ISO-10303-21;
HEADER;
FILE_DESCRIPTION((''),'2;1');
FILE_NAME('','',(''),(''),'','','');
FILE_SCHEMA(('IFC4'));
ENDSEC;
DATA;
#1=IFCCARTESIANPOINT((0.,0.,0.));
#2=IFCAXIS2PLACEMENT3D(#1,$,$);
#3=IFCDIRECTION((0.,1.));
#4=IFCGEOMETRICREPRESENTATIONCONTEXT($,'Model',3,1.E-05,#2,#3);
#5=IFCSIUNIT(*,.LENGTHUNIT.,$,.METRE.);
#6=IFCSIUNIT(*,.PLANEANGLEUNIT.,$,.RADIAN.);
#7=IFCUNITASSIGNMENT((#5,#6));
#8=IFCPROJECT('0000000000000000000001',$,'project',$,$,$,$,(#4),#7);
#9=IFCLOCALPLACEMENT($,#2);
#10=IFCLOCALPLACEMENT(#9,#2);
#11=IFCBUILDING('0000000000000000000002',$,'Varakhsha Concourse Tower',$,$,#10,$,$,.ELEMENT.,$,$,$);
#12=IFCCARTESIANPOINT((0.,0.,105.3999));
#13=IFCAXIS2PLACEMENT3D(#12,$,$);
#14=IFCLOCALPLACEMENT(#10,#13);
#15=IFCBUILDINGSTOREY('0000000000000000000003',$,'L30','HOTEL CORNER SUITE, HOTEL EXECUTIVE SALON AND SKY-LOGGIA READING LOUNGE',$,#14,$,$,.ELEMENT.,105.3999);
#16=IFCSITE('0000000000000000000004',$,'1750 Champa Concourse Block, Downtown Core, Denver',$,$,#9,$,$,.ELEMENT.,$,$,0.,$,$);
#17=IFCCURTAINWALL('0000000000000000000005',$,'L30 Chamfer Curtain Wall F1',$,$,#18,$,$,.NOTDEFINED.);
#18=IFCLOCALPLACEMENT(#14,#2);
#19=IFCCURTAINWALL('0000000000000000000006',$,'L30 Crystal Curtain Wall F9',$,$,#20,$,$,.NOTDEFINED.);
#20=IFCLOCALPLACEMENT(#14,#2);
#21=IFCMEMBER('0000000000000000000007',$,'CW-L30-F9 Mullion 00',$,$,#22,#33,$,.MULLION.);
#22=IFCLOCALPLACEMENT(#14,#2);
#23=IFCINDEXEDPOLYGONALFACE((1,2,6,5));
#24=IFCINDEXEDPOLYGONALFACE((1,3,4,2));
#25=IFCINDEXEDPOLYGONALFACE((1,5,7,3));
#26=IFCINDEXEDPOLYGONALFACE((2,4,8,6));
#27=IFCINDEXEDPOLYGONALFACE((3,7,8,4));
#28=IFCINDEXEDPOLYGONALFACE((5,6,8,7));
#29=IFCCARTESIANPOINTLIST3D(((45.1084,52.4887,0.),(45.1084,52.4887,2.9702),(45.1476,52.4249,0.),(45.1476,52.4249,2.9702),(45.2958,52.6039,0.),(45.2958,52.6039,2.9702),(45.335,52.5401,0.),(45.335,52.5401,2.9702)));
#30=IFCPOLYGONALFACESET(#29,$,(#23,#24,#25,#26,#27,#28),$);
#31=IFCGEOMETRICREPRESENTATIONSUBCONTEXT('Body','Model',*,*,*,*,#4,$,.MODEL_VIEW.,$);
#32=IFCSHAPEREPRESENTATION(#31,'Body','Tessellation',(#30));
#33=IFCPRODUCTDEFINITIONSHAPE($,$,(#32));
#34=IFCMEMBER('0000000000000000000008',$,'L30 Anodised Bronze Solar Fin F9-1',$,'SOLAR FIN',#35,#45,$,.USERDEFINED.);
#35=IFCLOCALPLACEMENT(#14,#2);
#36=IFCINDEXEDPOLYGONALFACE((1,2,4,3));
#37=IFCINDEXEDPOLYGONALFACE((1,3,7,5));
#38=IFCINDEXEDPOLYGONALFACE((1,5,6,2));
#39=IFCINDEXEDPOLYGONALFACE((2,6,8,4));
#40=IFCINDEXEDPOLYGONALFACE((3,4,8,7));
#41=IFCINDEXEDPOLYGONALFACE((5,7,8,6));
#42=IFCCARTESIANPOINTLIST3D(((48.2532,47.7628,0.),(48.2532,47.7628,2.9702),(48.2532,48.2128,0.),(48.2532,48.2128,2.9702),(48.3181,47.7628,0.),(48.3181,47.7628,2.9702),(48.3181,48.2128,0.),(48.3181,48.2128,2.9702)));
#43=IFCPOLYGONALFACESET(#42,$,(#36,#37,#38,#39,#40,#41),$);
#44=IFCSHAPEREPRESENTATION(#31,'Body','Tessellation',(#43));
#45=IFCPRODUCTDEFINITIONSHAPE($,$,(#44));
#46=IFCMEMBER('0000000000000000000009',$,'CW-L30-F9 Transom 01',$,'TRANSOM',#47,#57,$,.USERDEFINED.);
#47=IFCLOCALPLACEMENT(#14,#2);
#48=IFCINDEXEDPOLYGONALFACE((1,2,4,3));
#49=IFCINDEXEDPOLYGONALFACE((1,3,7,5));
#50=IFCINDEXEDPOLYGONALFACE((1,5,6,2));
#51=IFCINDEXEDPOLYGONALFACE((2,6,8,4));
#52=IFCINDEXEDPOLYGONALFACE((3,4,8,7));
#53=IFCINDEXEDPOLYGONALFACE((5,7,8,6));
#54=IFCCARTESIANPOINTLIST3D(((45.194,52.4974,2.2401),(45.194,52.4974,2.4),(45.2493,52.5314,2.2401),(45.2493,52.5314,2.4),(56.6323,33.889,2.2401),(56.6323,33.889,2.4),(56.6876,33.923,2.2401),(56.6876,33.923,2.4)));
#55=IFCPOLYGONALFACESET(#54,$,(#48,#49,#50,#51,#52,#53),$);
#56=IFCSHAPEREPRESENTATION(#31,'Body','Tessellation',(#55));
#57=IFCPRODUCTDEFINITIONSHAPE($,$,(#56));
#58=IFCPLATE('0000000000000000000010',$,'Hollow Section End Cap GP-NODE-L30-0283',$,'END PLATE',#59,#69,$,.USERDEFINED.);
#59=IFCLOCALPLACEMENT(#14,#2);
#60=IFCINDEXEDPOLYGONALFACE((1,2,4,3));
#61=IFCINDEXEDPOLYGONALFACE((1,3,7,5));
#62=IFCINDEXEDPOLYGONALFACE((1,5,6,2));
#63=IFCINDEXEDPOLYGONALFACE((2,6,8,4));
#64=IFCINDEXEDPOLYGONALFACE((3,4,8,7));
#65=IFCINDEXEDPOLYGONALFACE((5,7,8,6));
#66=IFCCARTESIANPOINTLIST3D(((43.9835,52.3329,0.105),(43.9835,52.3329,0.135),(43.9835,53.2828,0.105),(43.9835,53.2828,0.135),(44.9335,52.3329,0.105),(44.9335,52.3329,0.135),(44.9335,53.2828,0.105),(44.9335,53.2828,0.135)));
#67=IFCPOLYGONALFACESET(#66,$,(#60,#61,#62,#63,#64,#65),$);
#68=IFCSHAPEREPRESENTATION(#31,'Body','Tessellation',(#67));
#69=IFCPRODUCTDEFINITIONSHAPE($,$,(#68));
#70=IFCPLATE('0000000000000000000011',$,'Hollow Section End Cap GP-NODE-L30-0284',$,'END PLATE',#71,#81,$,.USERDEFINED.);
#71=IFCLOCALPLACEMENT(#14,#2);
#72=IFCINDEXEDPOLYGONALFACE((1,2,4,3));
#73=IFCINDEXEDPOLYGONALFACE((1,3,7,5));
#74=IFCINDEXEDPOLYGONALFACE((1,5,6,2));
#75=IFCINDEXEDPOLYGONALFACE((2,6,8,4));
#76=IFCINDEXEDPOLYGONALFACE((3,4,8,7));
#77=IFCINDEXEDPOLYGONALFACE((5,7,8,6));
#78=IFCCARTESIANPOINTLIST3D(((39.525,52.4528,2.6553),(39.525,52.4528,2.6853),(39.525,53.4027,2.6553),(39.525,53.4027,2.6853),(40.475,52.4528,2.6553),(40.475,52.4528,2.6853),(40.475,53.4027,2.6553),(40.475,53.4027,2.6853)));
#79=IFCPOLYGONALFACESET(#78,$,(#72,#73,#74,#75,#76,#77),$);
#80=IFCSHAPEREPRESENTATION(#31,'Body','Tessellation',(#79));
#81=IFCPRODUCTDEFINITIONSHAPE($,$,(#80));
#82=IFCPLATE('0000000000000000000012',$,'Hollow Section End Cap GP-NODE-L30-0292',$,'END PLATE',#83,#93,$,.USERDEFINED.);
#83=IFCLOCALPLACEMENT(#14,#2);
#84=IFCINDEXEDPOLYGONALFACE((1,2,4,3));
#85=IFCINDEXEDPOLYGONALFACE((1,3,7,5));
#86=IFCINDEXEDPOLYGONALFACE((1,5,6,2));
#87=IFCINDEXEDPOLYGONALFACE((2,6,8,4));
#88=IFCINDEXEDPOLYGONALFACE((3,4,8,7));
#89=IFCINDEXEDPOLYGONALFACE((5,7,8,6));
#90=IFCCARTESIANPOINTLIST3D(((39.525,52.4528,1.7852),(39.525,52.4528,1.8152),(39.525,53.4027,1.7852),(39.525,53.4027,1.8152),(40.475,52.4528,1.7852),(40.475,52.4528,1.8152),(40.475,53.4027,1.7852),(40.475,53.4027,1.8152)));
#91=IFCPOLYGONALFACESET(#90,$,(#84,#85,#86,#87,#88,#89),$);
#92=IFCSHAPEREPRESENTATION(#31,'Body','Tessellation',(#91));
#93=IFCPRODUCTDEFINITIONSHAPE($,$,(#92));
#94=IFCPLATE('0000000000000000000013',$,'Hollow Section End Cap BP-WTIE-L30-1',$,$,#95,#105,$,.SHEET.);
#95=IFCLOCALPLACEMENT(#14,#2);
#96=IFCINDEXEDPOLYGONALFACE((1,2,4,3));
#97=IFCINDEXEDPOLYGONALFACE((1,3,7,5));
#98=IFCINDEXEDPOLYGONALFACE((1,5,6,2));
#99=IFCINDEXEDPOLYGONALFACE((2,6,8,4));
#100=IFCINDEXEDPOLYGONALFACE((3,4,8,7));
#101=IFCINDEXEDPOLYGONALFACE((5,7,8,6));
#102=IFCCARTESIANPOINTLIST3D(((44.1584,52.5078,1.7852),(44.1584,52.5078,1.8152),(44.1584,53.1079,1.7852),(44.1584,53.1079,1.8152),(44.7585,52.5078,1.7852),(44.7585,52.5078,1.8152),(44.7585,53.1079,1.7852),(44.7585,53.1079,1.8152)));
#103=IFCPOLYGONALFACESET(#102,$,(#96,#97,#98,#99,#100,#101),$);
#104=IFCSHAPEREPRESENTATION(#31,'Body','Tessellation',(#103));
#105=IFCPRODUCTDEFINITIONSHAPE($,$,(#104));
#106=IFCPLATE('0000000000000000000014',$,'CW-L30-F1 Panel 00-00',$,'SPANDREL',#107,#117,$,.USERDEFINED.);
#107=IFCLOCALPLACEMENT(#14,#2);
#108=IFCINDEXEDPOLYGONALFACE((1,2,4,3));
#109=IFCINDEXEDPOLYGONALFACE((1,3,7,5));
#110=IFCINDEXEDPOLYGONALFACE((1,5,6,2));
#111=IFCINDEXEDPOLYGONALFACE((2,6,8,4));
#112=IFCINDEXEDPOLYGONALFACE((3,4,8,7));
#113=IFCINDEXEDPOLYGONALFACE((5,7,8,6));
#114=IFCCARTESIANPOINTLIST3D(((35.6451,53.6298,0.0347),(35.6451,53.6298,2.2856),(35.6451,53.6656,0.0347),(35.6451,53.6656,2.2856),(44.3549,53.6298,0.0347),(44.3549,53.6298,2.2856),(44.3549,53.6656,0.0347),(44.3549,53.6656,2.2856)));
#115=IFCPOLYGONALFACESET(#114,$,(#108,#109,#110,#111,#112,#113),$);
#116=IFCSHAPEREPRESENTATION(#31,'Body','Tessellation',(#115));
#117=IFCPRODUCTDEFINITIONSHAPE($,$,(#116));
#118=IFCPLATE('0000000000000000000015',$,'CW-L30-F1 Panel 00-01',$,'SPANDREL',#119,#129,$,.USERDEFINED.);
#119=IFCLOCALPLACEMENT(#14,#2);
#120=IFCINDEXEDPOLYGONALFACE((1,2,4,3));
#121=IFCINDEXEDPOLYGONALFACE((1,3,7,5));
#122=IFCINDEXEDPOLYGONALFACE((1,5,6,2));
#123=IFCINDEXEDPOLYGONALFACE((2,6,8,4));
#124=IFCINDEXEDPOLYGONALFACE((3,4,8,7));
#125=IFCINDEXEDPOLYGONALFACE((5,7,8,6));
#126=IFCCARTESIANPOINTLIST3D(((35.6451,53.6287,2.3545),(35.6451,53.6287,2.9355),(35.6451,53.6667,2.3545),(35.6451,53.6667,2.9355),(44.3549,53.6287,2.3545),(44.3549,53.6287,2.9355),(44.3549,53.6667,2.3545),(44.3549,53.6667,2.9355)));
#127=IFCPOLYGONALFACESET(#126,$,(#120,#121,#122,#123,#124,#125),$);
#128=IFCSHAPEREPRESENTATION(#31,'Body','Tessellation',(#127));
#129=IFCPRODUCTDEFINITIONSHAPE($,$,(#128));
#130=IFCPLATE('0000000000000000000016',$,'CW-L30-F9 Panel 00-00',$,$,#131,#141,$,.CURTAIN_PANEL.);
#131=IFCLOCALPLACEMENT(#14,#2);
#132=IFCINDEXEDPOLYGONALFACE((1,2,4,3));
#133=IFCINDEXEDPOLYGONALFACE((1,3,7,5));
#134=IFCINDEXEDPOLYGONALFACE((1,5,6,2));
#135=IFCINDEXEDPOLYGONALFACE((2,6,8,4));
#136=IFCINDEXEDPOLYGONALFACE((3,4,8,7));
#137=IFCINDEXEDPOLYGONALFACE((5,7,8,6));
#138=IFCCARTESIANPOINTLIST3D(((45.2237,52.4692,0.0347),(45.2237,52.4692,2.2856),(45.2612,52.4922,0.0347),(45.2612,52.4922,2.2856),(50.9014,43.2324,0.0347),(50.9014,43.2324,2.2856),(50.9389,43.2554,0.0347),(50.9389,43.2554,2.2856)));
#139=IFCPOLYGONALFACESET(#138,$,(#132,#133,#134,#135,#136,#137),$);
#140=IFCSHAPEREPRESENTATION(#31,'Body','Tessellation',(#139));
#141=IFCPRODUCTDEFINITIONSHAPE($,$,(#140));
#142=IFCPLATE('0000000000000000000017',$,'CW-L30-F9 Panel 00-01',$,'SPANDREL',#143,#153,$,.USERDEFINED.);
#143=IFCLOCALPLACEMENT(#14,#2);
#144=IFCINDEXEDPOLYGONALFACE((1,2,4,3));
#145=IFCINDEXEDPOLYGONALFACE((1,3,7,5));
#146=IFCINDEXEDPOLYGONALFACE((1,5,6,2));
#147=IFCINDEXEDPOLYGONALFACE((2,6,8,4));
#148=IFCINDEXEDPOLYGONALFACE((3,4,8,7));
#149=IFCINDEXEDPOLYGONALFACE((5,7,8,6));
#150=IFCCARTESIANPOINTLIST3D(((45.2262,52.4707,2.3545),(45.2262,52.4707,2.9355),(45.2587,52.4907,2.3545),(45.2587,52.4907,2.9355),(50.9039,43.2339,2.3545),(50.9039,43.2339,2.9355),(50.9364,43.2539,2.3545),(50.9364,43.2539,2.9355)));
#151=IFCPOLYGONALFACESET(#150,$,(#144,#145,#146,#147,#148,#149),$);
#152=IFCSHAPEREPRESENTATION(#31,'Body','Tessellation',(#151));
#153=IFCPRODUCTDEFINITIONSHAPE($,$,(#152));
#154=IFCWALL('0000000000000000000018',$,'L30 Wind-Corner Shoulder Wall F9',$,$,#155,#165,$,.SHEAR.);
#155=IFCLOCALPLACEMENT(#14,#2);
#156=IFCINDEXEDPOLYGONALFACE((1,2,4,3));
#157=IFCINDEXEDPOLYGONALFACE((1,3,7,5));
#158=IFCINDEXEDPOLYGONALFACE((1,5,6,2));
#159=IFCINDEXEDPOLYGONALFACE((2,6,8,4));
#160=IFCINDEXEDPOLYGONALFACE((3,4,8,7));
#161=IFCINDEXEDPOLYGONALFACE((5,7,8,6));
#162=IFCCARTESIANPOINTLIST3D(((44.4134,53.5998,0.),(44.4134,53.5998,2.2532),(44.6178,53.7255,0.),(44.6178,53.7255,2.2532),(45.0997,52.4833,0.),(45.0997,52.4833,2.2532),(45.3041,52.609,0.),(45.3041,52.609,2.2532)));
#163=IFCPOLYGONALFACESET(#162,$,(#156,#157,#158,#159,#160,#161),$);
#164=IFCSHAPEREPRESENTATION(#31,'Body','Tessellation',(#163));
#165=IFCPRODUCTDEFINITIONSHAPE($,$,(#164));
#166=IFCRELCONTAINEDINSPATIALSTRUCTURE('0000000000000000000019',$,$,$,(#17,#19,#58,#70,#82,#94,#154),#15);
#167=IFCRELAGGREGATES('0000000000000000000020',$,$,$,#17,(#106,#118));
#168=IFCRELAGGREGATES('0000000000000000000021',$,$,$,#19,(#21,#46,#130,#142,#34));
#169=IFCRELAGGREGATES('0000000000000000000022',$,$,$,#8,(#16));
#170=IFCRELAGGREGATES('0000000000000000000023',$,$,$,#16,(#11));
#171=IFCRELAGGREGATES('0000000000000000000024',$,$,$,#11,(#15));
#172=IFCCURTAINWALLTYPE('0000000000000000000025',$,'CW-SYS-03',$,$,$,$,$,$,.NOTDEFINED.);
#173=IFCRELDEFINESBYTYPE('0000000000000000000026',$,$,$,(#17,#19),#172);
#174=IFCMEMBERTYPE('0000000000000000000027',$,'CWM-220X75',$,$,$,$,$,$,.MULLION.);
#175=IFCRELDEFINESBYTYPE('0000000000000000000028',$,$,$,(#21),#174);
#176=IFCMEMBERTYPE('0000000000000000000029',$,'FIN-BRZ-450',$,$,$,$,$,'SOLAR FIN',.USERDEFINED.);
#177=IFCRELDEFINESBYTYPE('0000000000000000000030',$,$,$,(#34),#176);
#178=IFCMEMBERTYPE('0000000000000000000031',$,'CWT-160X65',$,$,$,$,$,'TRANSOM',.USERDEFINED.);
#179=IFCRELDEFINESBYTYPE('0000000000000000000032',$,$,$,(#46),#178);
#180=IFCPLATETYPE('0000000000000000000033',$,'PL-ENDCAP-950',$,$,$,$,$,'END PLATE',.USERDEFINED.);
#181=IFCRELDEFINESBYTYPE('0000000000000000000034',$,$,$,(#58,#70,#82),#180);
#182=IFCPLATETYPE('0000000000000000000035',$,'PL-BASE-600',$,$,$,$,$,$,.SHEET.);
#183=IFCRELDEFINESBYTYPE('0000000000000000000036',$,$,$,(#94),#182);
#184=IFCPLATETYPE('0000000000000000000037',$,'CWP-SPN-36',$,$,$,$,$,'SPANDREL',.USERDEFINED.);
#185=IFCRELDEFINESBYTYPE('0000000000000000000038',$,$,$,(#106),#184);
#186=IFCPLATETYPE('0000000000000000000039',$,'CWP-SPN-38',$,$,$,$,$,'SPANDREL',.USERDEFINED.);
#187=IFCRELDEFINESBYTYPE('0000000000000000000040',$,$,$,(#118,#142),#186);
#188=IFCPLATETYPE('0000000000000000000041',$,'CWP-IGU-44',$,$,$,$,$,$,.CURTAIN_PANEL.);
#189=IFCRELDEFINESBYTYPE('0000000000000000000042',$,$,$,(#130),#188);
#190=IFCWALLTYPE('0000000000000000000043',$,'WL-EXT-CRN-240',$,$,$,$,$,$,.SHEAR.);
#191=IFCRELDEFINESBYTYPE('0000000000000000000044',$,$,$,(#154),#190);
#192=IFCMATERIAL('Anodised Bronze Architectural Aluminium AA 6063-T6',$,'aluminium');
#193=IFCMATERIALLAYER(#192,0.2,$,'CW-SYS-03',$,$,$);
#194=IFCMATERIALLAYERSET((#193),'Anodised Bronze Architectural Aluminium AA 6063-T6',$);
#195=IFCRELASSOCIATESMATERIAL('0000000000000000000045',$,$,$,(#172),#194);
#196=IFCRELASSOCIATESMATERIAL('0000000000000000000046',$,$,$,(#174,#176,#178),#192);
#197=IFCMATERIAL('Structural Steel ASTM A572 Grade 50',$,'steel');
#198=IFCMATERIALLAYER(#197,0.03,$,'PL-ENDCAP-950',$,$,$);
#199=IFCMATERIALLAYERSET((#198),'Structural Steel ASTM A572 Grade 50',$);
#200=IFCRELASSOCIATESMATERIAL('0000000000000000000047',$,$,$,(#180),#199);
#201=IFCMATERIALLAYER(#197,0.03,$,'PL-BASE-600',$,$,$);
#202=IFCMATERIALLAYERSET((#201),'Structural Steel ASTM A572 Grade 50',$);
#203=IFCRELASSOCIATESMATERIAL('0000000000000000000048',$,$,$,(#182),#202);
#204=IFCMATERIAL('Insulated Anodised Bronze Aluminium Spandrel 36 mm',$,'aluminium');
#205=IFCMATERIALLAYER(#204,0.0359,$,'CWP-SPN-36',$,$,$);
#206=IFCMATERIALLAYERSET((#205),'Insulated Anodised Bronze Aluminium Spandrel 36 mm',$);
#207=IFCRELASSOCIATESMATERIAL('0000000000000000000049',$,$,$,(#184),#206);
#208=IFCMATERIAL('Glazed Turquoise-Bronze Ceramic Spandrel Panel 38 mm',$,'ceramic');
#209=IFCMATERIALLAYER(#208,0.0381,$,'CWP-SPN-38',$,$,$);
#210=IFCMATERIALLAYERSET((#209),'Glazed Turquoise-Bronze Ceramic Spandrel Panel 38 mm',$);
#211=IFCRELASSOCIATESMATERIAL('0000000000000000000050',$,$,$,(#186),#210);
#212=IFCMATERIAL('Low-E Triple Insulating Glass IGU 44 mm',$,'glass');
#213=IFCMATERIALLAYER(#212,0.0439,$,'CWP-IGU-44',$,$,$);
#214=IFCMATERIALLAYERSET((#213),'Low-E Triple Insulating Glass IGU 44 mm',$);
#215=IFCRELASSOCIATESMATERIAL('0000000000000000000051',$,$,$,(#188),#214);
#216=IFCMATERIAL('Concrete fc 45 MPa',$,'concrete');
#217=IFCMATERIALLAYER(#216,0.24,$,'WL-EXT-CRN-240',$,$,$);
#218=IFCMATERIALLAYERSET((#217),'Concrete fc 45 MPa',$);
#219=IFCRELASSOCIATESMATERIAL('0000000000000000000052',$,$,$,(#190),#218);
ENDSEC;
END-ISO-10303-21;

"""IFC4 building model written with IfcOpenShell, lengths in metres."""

from ifc_helpers import new_model, si_unit, direction, frame, frame_2d, origin, origin_2d, place, context, subcontext, project, spatial, rectangle, extrude, source, transform, mapped, material, layer, layer_set, material_profile, profile_set, type_object, type_shapes, element, aggregate, save


model = new_model("IFC4")

# Units and contexts
model_context = context("Model", 3, precision=1e-05, world=origin(), true_north=direction((0.0, 1.0)))
body_context = subcontext(model_context, "Body", "Model", "MODEL_VIEW")
ifc_project = project(units=[si_unit("LENGTHUNIT", "METRE"), si_unit("PLANEANGLEUNIT", "RADIAN")], contexts=[model_context])

# Site, building, storey
site_placement = place(None, origin())
site = spatial("IfcSite", under=ifc_project, at=site_placement, Name="1750 Champa Concourse Block, Downtown Core, Denver", CompositionType="ELEMENT", RefElevation=0.0)
building_placement = place(site_placement, origin())
building = spatial("IfcBuilding", under=site, at=building_placement, Name="Varakhsha Concourse Tower", CompositionType="ELEMENT")
storey_placement = place(building_placement, frame((0.0, 0.0, 105.3999)))
storey = spatial("IfcBuildingStorey", under=building, at=storey_placement, Name="L30", Description="HOTEL CORNER SUITE, HOTEL EXECUTIVE SALON AND SKY-LOGGIA READING LOUNGE", CompositionType="ELEMENT", Elevation=105.3999)

# Shared definitions
ifc_material_1 = material(Name="Structural Steel ASTM A572 Grade 50", Category="steel")

# Curtain wall
ifc_material_2 = material(Name="Anodised Bronze Architectural Aluminium AA 6063-T6", Category="aluminium")
ifc_layer_1 = layer(ifc_material_2, 0.2, Name="CW-SYS-03")
ifc_layer_set_1 = layer_set([ifc_layer_1], Name="Anodised Bronze Architectural Aluminium AA 6063-T6")
curtain_wall_type = type_object("IfcCurtainWallType", Name="CW-SYS-03", PredefinedType="NOTDEFINED", material=ifc_layer_set_1)
curtain_wall_1_placement = place(storey_placement, origin())
curtain_wall_1 = element("IfcCurtainWall", 1, at=curtain_wall_1_placement, inside=storey, type_object=curtain_wall_type, Name="L30 Chamfer Curtain Wall F1", PredefinedType="NOTDEFINED")
ifc_material_profile_1 = material_profile(ifc_material_2, rectangle(XDim=0.075, YDim=0.22, at=origin_2d()), Name="CWM-220X75")
ifc_profile_set_1 = profile_set([ifc_material_profile_1], Name="Anodised Bronze Architectural Aluminium AA 6063-T6")
member_type_1 = type_object("IfcMemberType", Name="CWM-220X75", PredefinedType="MULLION", material=ifc_profile_set_1)
shared_shape_1 = source(origin(), body_context, "Body", "SweptSolid", [
    extrude(rectangle(XDim=0.075, YDim=0.22, at=origin_2d()), origin(), (0.0, 0.0, 1.0), 2.9702),
])
type_shapes(member_type_1, [shared_shape_1])

# Curtain wall, members
curtain_wall_2_placement = place(storey_placement, origin())
curtain_wall_2 = element("IfcCurtainWall", 2, at=curtain_wall_2_placement, inside=storey, type_object=curtain_wall_type, Name="L30 Crystal Curtain Wall F9", PredefinedType="NOTDEFINED")
member_1_placement = place(storey_placement, frame((45.2217, 52.5144, 0.0), z_axis=(0.0, 0.0, 1.0), x_axis=(0.523665, -0.851924, 0.0)))
member_1 = element("IfcMember", 3, at=member_1_placement, type_object=member_type_1, Name="CW-L30-F9 Mullion 00", PredefinedType="MULLION", context=body_context, shape_type="MappedRepresentation", body=[
    mapped(shared_shape_1, transform((0.0, 0.0, 0.0), scale=1.0)),
])
ifc_material_profile_2 = material_profile(ifc_material_2, rectangle(XDim=0.0649, YDim=0.45, at=origin_2d()), Name="FIN-BRZ-450")
ifc_profile_set_2 = profile_set([ifc_material_profile_2], Name="Anodised Bronze Architectural Aluminium AA 6063-T6")
member_type_2 = type_object("IfcMemberType", Name="FIN-BRZ-450", ElementType="SOLAR FIN", PredefinedType="USERDEFINED", material=ifc_profile_set_2)
shared_shape_2 = source(origin(), body_context, "Body", "SweptSolid", [
    extrude(rectangle(XDim=0.0649, YDim=0.45, at=origin_2d()), origin(), (0.0, 0.0, 1.0), 2.9702),
])
type_shapes(member_type_2, [shared_shape_2])
member_2_placement = place(storey_placement, frame((48.2856, 47.9878, 0.0), z_axis=(0.0, 0.0, 1.0), x_axis=(1.0, 0.0, 0.0)))
member_2 = element("IfcMember", 4, at=member_2_placement, type_object=member_type_2, Name="L30 Anodised Bronze Solar Fin F9-1", ObjectType="SOLAR FIN", PredefinedType="USERDEFINED", context=body_context, shape_type="MappedRepresentation", body=[
    mapped(shared_shape_2, transform((0.0, 0.0, 0.0), scale=1.0)),
])
ifc_material_profile_3 = material_profile(ifc_material_2, rectangle(XDim=0.0649, YDim=0.1599, at=origin_2d()), Name="CWT-160X65")
ifc_profile_set_3 = profile_set([ifc_material_profile_3], Name="Anodised Bronze Architectural Aluminium AA 6063-T6")
member_type_3 = type_object("IfcMemberType", Name="CWT-160X65", ElementType="TRANSOM", PredefinedType="USERDEFINED", material=ifc_profile_set_3)
shared_shape_3 = source(origin(), body_context, "Body", "SweptSolid", [
    extrude(rectangle(XDim=0.0649, YDim=0.1599, at=origin_2d()), origin(), (0.0, 0.0, 1.0), 21.8428),
])
type_shapes(member_type_3, [shared_shape_3])
member_3_placement = place(storey_placement, frame((45.2217, 52.5144, 2.3201), z_axis=(0.523663, -0.851926, 0.0), x_axis=(0.851926, 0.523663, 0.0)))
member_3 = element("IfcMember", 5, at=member_3_placement, type_object=member_type_3, Name="CW-L30-F9 Transom 01", ObjectType="TRANSOM", PredefinedType="USERDEFINED", context=body_context, shape_type="MappedRepresentation", body=[
    mapped(shared_shape_3, transform((0.0, 0.0, 0.0), scale=1.0)),
])

# Plates
ifc_layer_2 = layer(ifc_material_1, 0.03, Name="PL-ENDCAP-950")
ifc_layer_set_2 = layer_set([ifc_layer_2], Name="Structural Steel ASTM A572 Grade 50")
plate_type_1 = type_object("IfcPlateType", Name="PL-ENDCAP-950", ElementType="END PLATE", PredefinedType="USERDEFINED", material=ifc_layer_set_2)
shared_shape_4 = source(origin(), body_context, "Body", "SweptSolid", [
    extrude(rectangle(XDim=0.95, YDim=0.95, at=origin_2d()), origin(), (0.0, 0.0, 1.0), 0.03),
])
type_shapes(plate_type_1, [shared_shape_4])
for number, where, z_axis, x_axis, name in (
    (6, (44.4585, 52.8079, 0.105), (0.0, 0.0, 1.0), (1.0, 0.0, 0.0), "Hollow Section End Cap GP-NODE-L30-0283"),
    (7, (40.0, 52.9277, 2.6553), (0.0, 0.0, 1.0), (1.0, 0.0, 0.0), "Hollow Section End Cap GP-NODE-L30-0284"),
    (8, (40.0, 52.9277, 1.7852), (0.0, 0.0, 1.0), (1.0, 0.0, 0.0), "Hollow Section End Cap GP-NODE-L30-0292"),
):
    element("IfcPlate", number, at=place(storey_placement, frame(where, z_axis=z_axis, x_axis=x_axis)), inside=storey, type_object=plate_type_1, Name=name, ObjectType="END PLATE", PredefinedType="USERDEFINED", context=body_context, shape_type="MappedRepresentation", body=[
        mapped(shared_shape_4, transform((0.0, 0.0, 0.0), scale=1.0)),
    ])
ifc_layer_3 = layer(ifc_material_1, 0.03, Name="PL-BASE-600")
ifc_layer_set_3 = layer_set([ifc_layer_3], Name="Structural Steel ASTM A572 Grade 50")
plate_type_2 = type_object("IfcPlateType", Name="PL-BASE-600", PredefinedType="SHEET", material=ifc_layer_set_3)
shared_shape_5 = source(origin(), body_context, "Body", "SweptSolid", [
    extrude(rectangle(XDim=0.6001, YDim=0.6001, at=origin_2d()), origin(), (0.0, 0.0, 1.0), 0.03),
])
type_shapes(plate_type_2, [shared_shape_5])
plate_1_placement = place(storey_placement, frame((44.4585, 52.8079, 1.7852), z_axis=(0.0, 0.0, 1.0), x_axis=(1.0, 0.0, 0.0)))
element("IfcPlate", 9, at=plate_1_placement, inside=storey, type_object=plate_type_2, Name="Hollow Section End Cap BP-WTIE-L30-1", PredefinedType="SHEET", context=body_context, shape_type="MappedRepresentation", body=[
    mapped(shared_shape_5, transform((0.0, 0.0, 0.0), scale=1.0)),
])

# Plates
ifc_material_3 = material(Name="Insulated Anodised Bronze Aluminium Spandrel 36 mm", Category="aluminium")
ifc_layer_4 = layer(ifc_material_3, 0.0359, Name="CWP-SPN-36")
ifc_layer_set_4 = layer_set([ifc_layer_4], Name="Insulated Anodised Bronze Aluminium Spandrel 36 mm")
plate_type_3 = type_object("IfcPlateType", Name="CWP-SPN-36", ElementType="SPANDREL", PredefinedType="USERDEFINED", material=ifc_layer_set_4)
shared_shape_6 = source(origin(), body_context, "Body", "SweptSolid", [
    extrude(rectangle(XDim=8.7097, YDim=0.0359, at=origin_2d()), origin(), (0.0, 0.0, 1.0), 2.251),
])
type_shapes(plate_type_3, [shared_shape_6])
plate_2_placement = place(storey_placement, frame((40.0, 53.6477, 0.0347), z_axis=(0.0, 0.0, 1.0), x_axis=(1.0, 0.0, 0.0)))
plate_2 = element("IfcPlate", 10, at=plate_2_placement, type_object=plate_type_3, Name="CW-L30-F1 Panel 00-00", ObjectType="SPANDREL", PredefinedType="USERDEFINED", context=body_context, shape_type="MappedRepresentation", body=[
    mapped(shared_shape_6, transform((0.0, 0.0, 0.0), scale=1.0)),
])
ifc_material_4 = material(Name="Glazed Turquoise-Bronze Ceramic Spandrel Panel 38 mm", Category="ceramic")
ifc_layer_5 = layer(ifc_material_4, 0.0381, Name="CWP-SPN-38")
ifc_layer_set_5 = layer_set([ifc_layer_5], Name="Glazed Turquoise-Bronze Ceramic Spandrel Panel 38 mm")
plate_type_4 = type_object("IfcPlateType", Name="CWP-SPN-38", ElementType="SPANDREL", PredefinedType="USERDEFINED", material=ifc_layer_set_5)
shared_shape_7 = source(origin(), body_context, "Body", "SweptSolid", [
    extrude(rectangle(XDim=8.7097, YDim=0.0381, at=origin_2d()), origin(), (0.0, 0.0, 1.0), 0.5811),
])
plate_3_placement = place(storey_placement, frame((40.0, 53.6477, 2.3545), z_axis=(0.0, 0.0, 1.0), x_axis=(1.0, 0.0, 0.0)))
plate_3 = element("IfcPlate", 11, at=plate_3_placement, type_object=plate_type_4, Name="CW-L30-F1 Panel 00-01", ObjectType="SPANDREL", PredefinedType="USERDEFINED", context=body_context, shape_type="MappedRepresentation", body=[
    mapped(shared_shape_7, transform((0.0, 0.0, 0.0), scale=1.0)),
])
aggregate(curtain_wall_1, [plate_2, plate_3])
ifc_material_5 = material(Name="Low-E Triple Insulating Glass IGU 44 mm", Category="glass")
ifc_layer_6 = layer(ifc_material_5, 0.0439, Name="CWP-IGU-44")
ifc_layer_set_6 = layer_set([ifc_layer_6], Name="Low-E Triple Insulating Glass IGU 44 mm")
plate_type_5 = type_object("IfcPlateType", Name="CWP-IGU-44", PredefinedType="CURTAIN_PANEL", material=ifc_layer_set_6)
shared_shape_8 = source(origin(), body_context, "Body", "SweptSolid", [
    extrude(rectangle(XDim=10.8423, YDim=0.0439, at=origin_2d()), origin(), (0.0, 0.0, 1.0), 2.251),
])
type_shapes(plate_type_5, [shared_shape_8])
plate_4_placement = place(storey_placement, frame((48.0813, 47.8623, 0.0347), z_axis=(0.0, 0.0, 1.0), x_axis=(0.523665, -0.851924, 0.0)))
plate_4 = element("IfcPlate", 12, at=plate_4_placement, type_object=plate_type_5, Name="CW-L30-F9 Panel 00-00", PredefinedType="CURTAIN_PANEL", context=body_context, shape_type="MappedRepresentation", body=[
    mapped(shared_shape_8, transform((0.0, 0.0, 0.0), scale=1.0)),
])
shared_shape_9 = source(origin(), body_context, "Body", "SweptSolid", [
    extrude(rectangle(XDim=10.8423, YDim=0.0381, at=origin_2d()), origin(), (0.0, 0.0, 1.0), 0.5811),
])
type_shapes(plate_type_4, [shared_shape_7, shared_shape_9])
plate_5_placement = place(storey_placement, frame((48.0813, 47.8623, 2.3545), z_axis=(0.0, 0.0, 1.0), x_axis=(0.523665, -0.851924, 0.0)))
plate_5 = element("IfcPlate", 13, at=plate_5_placement, type_object=plate_type_4, Name="CW-L30-F9 Panel 00-01", ObjectType="SPANDREL", PredefinedType="USERDEFINED", context=body_context, shape_type="MappedRepresentation", body=[
    mapped(shared_shape_9, transform((0.0, 0.0, 0.0), scale=1.0)),
])
aggregate(curtain_wall_2, [member_1, member_3, plate_4, plate_5, member_2])

# Wall
ifc_material_6 = material(Name="Concrete fc 45 MPa", Category="concrete")
ifc_layer_7 = layer(ifc_material_6, 0.24, Name="WL-EXT-CRN-240")
ifc_layer_set_7 = layer_set([ifc_layer_7], Name="Concrete fc 45 MPa")
wall_type = type_object("IfcWallType", Name="WL-EXT-CRN-240", PredefinedType="SHEAR", material=ifc_layer_set_7)
wall_placement = place(storey_placement, frame((45.2019, 52.5461, 0.0), z_axis=(0.0, 0.0, 1.0), x_axis=(-0.523671, 0.85192, 0.0)))
element("IfcWall", 14, at=wall_placement, inside=storey, type_object=wall_type, Name="L30 Wind-Corner Shoulder Wall F9", PredefinedType="SHEAR", context=body_context, shape_type="SweptSolid", body=[
    extrude(rectangle(XDim=1.3105, YDim=0.24, at=frame_2d((0.6553, 0.0))), origin(), (0.0, 0.0, 1.0), 2.2532),
])

save(model, "model.ifc")
